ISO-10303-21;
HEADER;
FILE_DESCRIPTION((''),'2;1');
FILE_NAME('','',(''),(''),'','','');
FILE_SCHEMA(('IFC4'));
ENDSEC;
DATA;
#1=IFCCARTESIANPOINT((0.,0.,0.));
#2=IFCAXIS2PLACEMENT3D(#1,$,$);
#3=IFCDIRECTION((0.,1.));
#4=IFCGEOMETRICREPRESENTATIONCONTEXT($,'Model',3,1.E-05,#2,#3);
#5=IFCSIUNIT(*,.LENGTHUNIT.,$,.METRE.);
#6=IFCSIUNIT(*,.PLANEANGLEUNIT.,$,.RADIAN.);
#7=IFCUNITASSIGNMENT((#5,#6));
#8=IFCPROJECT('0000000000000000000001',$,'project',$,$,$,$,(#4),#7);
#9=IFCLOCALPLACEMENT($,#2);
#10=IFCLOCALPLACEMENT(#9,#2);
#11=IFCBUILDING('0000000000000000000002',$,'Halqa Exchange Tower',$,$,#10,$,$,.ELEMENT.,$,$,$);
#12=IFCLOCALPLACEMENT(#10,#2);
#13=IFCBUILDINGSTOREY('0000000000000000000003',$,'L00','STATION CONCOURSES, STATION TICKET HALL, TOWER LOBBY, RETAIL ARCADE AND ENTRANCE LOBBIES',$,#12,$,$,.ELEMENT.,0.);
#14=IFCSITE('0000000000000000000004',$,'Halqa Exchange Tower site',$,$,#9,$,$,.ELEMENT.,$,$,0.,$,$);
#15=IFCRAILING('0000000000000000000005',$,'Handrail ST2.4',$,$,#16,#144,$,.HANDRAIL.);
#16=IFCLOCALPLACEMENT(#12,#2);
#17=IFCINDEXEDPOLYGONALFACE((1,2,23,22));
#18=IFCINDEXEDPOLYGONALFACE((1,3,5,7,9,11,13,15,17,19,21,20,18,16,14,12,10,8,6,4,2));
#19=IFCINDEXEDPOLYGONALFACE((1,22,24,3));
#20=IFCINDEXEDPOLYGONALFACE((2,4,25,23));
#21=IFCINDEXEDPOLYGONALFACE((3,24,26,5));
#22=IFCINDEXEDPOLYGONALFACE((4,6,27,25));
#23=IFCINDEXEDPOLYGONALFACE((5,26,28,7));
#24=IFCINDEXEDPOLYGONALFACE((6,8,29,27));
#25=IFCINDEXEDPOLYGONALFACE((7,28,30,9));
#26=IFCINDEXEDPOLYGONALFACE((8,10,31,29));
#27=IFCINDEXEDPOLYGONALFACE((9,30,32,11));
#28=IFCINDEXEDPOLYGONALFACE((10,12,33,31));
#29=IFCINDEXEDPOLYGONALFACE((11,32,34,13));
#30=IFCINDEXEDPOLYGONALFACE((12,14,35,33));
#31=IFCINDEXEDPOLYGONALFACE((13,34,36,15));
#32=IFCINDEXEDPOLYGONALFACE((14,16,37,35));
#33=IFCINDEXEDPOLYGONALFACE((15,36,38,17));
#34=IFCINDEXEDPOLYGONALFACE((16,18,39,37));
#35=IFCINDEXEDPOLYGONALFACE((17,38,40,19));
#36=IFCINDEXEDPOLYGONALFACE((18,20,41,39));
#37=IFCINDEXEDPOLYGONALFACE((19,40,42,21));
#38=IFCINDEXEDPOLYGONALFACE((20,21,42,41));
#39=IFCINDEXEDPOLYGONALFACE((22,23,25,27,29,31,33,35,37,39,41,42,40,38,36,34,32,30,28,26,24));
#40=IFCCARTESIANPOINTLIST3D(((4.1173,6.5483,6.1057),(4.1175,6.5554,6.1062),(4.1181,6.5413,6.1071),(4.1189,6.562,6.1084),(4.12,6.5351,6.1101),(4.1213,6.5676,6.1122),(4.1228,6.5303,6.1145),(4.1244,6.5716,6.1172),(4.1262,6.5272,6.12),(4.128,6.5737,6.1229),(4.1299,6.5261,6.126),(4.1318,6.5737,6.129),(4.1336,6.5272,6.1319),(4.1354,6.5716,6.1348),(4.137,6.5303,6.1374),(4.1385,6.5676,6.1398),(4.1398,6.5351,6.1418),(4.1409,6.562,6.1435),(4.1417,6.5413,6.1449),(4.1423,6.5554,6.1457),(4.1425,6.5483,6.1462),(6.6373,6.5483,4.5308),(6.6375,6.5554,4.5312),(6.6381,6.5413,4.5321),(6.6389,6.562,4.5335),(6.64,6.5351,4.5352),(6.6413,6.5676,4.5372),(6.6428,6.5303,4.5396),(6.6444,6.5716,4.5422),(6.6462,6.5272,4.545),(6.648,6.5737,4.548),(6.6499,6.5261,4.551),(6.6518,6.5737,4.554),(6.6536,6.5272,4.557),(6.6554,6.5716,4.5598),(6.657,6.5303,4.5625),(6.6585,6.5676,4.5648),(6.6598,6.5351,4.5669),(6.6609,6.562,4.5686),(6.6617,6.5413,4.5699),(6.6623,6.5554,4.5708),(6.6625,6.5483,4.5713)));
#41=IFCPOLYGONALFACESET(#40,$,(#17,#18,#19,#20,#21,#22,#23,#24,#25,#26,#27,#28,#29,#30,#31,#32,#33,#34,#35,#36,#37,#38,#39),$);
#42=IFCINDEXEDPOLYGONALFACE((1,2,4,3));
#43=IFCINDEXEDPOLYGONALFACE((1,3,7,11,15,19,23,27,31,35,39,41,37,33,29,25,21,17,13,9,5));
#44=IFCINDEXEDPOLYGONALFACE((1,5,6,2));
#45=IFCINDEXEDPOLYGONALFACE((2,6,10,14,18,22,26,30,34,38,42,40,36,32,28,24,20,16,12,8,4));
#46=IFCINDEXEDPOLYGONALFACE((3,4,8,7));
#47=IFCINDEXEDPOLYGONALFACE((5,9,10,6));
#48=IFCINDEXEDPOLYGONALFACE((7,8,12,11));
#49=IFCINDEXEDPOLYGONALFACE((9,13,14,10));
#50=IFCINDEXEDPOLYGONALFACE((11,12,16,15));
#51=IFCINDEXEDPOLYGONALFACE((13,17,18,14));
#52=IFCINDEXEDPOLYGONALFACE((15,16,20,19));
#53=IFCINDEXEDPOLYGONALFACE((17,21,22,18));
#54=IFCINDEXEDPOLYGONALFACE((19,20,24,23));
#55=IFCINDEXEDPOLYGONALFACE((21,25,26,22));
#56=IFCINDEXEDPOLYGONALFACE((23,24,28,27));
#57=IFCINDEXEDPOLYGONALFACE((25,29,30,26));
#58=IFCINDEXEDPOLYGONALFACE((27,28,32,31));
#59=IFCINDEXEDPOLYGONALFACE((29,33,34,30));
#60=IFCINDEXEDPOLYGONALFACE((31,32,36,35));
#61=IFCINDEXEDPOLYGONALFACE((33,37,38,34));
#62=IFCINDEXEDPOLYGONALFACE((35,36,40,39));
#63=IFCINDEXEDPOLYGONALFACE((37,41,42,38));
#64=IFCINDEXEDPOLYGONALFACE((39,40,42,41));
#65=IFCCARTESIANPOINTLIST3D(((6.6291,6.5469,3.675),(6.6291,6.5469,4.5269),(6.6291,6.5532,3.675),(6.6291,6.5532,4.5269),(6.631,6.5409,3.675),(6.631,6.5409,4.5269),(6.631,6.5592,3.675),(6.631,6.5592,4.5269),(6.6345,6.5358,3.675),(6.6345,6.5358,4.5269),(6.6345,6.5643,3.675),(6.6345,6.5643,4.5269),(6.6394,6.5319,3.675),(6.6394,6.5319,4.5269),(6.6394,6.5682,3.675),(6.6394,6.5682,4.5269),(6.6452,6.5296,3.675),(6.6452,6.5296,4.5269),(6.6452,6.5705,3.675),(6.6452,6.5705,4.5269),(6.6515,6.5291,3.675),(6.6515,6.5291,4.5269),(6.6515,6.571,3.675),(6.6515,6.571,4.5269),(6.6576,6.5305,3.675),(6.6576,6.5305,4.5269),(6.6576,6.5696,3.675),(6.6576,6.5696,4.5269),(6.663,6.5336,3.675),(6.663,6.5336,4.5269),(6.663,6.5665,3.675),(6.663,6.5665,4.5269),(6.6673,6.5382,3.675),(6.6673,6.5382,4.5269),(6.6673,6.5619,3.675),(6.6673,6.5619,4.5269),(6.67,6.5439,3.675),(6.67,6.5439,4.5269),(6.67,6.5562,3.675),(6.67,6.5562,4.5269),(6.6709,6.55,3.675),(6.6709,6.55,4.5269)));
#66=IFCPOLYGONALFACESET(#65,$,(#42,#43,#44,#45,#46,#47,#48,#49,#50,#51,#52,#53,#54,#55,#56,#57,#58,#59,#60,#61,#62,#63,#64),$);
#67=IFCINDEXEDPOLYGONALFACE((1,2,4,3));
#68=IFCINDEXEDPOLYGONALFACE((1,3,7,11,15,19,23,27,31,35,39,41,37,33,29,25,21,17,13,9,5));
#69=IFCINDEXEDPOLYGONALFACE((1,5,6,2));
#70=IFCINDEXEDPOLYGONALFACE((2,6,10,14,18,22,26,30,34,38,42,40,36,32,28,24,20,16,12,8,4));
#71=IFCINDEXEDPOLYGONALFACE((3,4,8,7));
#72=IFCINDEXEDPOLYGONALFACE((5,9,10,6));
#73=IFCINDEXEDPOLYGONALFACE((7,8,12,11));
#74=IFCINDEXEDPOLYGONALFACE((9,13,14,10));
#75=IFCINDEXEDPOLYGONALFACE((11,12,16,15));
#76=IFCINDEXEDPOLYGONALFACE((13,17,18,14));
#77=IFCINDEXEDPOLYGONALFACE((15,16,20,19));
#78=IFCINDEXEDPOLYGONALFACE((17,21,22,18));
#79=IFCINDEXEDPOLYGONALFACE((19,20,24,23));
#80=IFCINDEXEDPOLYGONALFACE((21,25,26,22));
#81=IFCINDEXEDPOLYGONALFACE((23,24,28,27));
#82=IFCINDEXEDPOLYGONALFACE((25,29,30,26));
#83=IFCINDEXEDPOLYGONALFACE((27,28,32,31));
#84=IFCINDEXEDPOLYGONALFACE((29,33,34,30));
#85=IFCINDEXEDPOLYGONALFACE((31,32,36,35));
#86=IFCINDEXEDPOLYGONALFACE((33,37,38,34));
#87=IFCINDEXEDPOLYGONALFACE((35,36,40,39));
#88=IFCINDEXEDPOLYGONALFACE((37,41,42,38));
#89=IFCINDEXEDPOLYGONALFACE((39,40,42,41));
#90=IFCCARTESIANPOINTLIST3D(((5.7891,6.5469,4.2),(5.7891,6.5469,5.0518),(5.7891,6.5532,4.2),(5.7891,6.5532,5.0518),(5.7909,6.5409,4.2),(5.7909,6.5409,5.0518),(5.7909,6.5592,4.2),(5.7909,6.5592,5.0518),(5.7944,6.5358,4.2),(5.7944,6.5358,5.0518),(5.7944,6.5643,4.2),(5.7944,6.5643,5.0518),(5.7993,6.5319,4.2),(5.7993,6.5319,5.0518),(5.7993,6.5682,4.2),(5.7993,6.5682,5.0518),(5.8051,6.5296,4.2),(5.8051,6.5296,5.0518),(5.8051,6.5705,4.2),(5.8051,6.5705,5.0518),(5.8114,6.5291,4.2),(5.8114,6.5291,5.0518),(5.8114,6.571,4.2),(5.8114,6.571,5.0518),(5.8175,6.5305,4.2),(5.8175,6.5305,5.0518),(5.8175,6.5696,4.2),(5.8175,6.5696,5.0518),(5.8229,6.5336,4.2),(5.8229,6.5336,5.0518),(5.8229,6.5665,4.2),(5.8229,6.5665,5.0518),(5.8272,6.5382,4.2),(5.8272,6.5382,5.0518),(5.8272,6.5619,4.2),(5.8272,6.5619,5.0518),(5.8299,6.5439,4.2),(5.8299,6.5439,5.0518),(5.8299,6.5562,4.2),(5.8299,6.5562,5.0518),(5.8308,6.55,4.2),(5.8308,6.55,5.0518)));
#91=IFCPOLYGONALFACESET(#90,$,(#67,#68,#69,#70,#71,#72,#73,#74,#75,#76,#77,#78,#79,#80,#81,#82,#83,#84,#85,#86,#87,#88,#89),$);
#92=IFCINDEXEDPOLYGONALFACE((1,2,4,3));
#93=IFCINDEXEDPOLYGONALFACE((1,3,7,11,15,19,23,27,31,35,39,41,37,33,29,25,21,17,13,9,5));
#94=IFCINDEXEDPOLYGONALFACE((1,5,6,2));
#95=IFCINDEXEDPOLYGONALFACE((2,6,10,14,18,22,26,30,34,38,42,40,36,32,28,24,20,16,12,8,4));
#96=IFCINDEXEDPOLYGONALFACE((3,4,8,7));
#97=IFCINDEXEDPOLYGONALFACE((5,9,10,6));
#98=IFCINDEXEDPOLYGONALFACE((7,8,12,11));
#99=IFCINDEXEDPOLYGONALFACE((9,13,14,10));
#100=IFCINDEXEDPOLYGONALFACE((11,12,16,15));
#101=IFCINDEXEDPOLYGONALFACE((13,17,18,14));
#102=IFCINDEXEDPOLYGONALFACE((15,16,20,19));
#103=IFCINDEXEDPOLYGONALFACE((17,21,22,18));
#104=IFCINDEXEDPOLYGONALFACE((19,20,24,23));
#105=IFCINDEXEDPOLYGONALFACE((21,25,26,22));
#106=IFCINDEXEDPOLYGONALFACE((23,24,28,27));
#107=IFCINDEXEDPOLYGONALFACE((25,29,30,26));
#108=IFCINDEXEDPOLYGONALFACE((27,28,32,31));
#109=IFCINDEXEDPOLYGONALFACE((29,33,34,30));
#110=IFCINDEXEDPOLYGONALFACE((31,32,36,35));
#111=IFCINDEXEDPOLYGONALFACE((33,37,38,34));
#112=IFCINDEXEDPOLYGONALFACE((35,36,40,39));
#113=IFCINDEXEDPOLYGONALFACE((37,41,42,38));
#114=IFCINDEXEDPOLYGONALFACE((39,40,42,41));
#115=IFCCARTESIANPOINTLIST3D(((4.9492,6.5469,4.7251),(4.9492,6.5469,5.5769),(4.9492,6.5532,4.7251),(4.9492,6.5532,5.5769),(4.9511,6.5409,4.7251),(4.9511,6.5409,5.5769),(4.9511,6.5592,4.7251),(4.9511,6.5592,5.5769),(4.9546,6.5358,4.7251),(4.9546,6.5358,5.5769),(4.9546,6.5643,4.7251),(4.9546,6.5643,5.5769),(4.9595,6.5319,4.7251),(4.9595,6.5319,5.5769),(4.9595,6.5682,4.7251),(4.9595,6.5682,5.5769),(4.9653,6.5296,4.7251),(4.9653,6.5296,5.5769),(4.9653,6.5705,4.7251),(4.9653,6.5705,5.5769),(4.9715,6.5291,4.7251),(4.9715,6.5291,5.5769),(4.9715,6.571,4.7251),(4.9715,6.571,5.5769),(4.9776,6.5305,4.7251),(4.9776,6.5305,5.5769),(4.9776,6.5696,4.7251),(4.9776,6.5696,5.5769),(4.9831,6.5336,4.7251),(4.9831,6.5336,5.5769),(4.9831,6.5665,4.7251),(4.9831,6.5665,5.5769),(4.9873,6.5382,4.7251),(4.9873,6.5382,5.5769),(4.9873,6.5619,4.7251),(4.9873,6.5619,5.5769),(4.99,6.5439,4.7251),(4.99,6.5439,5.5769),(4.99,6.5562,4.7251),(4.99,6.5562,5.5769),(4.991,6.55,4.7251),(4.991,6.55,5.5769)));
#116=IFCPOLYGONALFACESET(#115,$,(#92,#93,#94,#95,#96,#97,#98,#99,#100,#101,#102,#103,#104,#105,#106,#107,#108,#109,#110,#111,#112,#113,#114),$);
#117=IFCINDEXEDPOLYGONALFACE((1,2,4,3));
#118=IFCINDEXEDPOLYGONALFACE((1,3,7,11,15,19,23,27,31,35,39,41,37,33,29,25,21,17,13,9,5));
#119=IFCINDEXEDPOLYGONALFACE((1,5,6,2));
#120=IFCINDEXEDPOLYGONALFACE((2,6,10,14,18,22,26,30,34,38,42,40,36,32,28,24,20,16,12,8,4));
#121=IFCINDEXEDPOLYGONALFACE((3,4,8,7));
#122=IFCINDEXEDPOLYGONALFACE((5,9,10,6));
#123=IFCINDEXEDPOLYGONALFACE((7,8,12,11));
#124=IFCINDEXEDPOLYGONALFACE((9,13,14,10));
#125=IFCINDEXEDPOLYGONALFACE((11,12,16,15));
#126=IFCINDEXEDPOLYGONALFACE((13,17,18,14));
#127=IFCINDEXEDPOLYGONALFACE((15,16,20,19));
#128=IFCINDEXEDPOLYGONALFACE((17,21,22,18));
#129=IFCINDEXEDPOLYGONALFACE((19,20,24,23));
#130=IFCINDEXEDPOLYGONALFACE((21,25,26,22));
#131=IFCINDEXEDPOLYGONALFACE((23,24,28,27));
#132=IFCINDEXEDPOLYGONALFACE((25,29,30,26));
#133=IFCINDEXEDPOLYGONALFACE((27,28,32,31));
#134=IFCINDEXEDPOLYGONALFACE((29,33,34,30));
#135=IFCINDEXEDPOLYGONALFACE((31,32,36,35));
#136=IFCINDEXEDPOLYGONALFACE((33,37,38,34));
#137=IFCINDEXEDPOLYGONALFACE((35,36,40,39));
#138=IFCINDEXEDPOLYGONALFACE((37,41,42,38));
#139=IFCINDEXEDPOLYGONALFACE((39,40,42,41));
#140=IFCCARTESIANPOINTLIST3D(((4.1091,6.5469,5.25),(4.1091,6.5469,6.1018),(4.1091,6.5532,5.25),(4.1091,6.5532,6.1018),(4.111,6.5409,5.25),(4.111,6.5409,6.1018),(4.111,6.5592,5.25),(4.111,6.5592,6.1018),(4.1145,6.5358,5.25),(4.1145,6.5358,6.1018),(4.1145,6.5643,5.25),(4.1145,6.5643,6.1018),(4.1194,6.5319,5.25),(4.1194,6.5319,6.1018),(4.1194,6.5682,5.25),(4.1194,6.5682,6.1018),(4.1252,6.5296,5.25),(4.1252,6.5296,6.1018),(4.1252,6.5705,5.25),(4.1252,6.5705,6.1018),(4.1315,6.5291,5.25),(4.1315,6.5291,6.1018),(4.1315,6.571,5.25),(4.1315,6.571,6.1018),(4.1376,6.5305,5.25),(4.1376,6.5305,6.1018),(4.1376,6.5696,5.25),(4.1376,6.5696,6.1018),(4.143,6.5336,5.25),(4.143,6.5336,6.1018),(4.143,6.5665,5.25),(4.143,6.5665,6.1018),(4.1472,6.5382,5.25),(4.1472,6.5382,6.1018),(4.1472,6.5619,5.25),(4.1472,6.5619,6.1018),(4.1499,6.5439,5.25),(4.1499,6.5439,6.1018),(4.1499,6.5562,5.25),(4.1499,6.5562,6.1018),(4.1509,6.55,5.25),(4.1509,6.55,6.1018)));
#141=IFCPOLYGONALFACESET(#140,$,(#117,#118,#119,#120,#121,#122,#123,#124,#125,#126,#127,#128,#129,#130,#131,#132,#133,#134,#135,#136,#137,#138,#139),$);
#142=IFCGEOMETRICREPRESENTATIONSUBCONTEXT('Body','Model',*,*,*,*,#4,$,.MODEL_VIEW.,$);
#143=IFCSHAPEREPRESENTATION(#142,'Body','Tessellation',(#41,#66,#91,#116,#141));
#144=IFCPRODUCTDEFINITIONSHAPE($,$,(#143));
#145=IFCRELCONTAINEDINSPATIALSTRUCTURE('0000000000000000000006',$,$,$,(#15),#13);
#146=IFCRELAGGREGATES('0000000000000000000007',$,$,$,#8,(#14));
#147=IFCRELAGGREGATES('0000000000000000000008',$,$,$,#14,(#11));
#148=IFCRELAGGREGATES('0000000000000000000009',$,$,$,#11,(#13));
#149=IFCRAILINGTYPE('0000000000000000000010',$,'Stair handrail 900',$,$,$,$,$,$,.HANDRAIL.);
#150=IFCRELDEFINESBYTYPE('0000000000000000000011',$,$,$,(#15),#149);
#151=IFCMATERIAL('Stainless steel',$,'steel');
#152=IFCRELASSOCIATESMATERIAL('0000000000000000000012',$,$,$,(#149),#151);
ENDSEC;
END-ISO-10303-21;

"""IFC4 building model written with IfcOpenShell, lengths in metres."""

from ifc_helpers import new_model, si_unit, direction, frame, origin, origin_2d, place, context, subcontext, project, spatial, circle, extrude, material, type_object, element, save


model = new_model("IFC4")

# Units and contexts
model_context = context("Model", 3, precision=1e-05, world=origin(), true_north=direction((0.0, 1.0)))
body_context = subcontext(model_context, "Body", "Model", "MODEL_VIEW")
ifc_project = project(units=[si_unit("LENGTHUNIT", "METRE"), si_unit("PLANEANGLEUNIT", "RADIAN")], contexts=[model_context])

# Site, building, storey
site_placement = place(None, origin())
site = spatial("IfcSite", under=ifc_project, at=site_placement, Name="Halqa Exchange Tower site", CompositionType="ELEMENT", RefElevation=0.0)
building_placement = place(site_placement, origin())
building = spatial("IfcBuilding", under=site, at=building_placement, Name="Halqa Exchange Tower", CompositionType="ELEMENT")
storey_placement = place(building_placement, origin())
storey = spatial("IfcBuildingStorey", under=building, at=storey_placement, Name="L00", Description="STATION CONCOURSES, STATION TICKET HALL, TOWER LOBBY, RETAIL ARCADE AND ENTRANCE LOBBIES", CompositionType="ELEMENT", Elevation=0.0)

# Railing
ifc_material_1 = material(Name="Stainless steel", Category="steel")
railing_type_1 = type_object("IfcRailingType", Name="Stair handrail 900", PredefinedType="HANDRAIL", material=ifc_material_1)
railing_1_placement = place(storey_placement, frame((6.6499, 6.55, 3.675)))
element("IfcRailing", 1, at=railing_1_placement, inside=storey, type_object=railing_type_1, Name="Handrail ST2.4", PredefinedType="HANDRAIL", context=body_context, shape_type="SweptSolid", body=[
    extrude(circle(Radius=0.0239, at=origin_2d()), frame((0.0, 0.0, 0.876), z_axis=(-0.848008, 0.0, 0.529984), x_axis=(0.0, -1.0, 0.0)), (0.0, 0.0, 1.0), 2.9717),
    extrude(circle(Radius=0.021, at=origin_2d()), origin(), (0.0, 0.0, 1.0), 0.8518),
    extrude(circle(Radius=0.021, at=origin_2d()), frame((-0.8401, 0.0, 0.5249)), (0.0, 0.0, 1.0), 0.8518),
    extrude(circle(Radius=0.021, at=origin_2d()), frame((-1.6799, 0.0, 1.05)), (0.0, 0.0, 1.0), 0.8518),
    extrude(circle(Radius=0.021, at=origin_2d()), frame((-2.52, 0.0, 1.575)), (0.0, 0.0, 1.0), 0.8518),
])

save(model, "model.ifc")
